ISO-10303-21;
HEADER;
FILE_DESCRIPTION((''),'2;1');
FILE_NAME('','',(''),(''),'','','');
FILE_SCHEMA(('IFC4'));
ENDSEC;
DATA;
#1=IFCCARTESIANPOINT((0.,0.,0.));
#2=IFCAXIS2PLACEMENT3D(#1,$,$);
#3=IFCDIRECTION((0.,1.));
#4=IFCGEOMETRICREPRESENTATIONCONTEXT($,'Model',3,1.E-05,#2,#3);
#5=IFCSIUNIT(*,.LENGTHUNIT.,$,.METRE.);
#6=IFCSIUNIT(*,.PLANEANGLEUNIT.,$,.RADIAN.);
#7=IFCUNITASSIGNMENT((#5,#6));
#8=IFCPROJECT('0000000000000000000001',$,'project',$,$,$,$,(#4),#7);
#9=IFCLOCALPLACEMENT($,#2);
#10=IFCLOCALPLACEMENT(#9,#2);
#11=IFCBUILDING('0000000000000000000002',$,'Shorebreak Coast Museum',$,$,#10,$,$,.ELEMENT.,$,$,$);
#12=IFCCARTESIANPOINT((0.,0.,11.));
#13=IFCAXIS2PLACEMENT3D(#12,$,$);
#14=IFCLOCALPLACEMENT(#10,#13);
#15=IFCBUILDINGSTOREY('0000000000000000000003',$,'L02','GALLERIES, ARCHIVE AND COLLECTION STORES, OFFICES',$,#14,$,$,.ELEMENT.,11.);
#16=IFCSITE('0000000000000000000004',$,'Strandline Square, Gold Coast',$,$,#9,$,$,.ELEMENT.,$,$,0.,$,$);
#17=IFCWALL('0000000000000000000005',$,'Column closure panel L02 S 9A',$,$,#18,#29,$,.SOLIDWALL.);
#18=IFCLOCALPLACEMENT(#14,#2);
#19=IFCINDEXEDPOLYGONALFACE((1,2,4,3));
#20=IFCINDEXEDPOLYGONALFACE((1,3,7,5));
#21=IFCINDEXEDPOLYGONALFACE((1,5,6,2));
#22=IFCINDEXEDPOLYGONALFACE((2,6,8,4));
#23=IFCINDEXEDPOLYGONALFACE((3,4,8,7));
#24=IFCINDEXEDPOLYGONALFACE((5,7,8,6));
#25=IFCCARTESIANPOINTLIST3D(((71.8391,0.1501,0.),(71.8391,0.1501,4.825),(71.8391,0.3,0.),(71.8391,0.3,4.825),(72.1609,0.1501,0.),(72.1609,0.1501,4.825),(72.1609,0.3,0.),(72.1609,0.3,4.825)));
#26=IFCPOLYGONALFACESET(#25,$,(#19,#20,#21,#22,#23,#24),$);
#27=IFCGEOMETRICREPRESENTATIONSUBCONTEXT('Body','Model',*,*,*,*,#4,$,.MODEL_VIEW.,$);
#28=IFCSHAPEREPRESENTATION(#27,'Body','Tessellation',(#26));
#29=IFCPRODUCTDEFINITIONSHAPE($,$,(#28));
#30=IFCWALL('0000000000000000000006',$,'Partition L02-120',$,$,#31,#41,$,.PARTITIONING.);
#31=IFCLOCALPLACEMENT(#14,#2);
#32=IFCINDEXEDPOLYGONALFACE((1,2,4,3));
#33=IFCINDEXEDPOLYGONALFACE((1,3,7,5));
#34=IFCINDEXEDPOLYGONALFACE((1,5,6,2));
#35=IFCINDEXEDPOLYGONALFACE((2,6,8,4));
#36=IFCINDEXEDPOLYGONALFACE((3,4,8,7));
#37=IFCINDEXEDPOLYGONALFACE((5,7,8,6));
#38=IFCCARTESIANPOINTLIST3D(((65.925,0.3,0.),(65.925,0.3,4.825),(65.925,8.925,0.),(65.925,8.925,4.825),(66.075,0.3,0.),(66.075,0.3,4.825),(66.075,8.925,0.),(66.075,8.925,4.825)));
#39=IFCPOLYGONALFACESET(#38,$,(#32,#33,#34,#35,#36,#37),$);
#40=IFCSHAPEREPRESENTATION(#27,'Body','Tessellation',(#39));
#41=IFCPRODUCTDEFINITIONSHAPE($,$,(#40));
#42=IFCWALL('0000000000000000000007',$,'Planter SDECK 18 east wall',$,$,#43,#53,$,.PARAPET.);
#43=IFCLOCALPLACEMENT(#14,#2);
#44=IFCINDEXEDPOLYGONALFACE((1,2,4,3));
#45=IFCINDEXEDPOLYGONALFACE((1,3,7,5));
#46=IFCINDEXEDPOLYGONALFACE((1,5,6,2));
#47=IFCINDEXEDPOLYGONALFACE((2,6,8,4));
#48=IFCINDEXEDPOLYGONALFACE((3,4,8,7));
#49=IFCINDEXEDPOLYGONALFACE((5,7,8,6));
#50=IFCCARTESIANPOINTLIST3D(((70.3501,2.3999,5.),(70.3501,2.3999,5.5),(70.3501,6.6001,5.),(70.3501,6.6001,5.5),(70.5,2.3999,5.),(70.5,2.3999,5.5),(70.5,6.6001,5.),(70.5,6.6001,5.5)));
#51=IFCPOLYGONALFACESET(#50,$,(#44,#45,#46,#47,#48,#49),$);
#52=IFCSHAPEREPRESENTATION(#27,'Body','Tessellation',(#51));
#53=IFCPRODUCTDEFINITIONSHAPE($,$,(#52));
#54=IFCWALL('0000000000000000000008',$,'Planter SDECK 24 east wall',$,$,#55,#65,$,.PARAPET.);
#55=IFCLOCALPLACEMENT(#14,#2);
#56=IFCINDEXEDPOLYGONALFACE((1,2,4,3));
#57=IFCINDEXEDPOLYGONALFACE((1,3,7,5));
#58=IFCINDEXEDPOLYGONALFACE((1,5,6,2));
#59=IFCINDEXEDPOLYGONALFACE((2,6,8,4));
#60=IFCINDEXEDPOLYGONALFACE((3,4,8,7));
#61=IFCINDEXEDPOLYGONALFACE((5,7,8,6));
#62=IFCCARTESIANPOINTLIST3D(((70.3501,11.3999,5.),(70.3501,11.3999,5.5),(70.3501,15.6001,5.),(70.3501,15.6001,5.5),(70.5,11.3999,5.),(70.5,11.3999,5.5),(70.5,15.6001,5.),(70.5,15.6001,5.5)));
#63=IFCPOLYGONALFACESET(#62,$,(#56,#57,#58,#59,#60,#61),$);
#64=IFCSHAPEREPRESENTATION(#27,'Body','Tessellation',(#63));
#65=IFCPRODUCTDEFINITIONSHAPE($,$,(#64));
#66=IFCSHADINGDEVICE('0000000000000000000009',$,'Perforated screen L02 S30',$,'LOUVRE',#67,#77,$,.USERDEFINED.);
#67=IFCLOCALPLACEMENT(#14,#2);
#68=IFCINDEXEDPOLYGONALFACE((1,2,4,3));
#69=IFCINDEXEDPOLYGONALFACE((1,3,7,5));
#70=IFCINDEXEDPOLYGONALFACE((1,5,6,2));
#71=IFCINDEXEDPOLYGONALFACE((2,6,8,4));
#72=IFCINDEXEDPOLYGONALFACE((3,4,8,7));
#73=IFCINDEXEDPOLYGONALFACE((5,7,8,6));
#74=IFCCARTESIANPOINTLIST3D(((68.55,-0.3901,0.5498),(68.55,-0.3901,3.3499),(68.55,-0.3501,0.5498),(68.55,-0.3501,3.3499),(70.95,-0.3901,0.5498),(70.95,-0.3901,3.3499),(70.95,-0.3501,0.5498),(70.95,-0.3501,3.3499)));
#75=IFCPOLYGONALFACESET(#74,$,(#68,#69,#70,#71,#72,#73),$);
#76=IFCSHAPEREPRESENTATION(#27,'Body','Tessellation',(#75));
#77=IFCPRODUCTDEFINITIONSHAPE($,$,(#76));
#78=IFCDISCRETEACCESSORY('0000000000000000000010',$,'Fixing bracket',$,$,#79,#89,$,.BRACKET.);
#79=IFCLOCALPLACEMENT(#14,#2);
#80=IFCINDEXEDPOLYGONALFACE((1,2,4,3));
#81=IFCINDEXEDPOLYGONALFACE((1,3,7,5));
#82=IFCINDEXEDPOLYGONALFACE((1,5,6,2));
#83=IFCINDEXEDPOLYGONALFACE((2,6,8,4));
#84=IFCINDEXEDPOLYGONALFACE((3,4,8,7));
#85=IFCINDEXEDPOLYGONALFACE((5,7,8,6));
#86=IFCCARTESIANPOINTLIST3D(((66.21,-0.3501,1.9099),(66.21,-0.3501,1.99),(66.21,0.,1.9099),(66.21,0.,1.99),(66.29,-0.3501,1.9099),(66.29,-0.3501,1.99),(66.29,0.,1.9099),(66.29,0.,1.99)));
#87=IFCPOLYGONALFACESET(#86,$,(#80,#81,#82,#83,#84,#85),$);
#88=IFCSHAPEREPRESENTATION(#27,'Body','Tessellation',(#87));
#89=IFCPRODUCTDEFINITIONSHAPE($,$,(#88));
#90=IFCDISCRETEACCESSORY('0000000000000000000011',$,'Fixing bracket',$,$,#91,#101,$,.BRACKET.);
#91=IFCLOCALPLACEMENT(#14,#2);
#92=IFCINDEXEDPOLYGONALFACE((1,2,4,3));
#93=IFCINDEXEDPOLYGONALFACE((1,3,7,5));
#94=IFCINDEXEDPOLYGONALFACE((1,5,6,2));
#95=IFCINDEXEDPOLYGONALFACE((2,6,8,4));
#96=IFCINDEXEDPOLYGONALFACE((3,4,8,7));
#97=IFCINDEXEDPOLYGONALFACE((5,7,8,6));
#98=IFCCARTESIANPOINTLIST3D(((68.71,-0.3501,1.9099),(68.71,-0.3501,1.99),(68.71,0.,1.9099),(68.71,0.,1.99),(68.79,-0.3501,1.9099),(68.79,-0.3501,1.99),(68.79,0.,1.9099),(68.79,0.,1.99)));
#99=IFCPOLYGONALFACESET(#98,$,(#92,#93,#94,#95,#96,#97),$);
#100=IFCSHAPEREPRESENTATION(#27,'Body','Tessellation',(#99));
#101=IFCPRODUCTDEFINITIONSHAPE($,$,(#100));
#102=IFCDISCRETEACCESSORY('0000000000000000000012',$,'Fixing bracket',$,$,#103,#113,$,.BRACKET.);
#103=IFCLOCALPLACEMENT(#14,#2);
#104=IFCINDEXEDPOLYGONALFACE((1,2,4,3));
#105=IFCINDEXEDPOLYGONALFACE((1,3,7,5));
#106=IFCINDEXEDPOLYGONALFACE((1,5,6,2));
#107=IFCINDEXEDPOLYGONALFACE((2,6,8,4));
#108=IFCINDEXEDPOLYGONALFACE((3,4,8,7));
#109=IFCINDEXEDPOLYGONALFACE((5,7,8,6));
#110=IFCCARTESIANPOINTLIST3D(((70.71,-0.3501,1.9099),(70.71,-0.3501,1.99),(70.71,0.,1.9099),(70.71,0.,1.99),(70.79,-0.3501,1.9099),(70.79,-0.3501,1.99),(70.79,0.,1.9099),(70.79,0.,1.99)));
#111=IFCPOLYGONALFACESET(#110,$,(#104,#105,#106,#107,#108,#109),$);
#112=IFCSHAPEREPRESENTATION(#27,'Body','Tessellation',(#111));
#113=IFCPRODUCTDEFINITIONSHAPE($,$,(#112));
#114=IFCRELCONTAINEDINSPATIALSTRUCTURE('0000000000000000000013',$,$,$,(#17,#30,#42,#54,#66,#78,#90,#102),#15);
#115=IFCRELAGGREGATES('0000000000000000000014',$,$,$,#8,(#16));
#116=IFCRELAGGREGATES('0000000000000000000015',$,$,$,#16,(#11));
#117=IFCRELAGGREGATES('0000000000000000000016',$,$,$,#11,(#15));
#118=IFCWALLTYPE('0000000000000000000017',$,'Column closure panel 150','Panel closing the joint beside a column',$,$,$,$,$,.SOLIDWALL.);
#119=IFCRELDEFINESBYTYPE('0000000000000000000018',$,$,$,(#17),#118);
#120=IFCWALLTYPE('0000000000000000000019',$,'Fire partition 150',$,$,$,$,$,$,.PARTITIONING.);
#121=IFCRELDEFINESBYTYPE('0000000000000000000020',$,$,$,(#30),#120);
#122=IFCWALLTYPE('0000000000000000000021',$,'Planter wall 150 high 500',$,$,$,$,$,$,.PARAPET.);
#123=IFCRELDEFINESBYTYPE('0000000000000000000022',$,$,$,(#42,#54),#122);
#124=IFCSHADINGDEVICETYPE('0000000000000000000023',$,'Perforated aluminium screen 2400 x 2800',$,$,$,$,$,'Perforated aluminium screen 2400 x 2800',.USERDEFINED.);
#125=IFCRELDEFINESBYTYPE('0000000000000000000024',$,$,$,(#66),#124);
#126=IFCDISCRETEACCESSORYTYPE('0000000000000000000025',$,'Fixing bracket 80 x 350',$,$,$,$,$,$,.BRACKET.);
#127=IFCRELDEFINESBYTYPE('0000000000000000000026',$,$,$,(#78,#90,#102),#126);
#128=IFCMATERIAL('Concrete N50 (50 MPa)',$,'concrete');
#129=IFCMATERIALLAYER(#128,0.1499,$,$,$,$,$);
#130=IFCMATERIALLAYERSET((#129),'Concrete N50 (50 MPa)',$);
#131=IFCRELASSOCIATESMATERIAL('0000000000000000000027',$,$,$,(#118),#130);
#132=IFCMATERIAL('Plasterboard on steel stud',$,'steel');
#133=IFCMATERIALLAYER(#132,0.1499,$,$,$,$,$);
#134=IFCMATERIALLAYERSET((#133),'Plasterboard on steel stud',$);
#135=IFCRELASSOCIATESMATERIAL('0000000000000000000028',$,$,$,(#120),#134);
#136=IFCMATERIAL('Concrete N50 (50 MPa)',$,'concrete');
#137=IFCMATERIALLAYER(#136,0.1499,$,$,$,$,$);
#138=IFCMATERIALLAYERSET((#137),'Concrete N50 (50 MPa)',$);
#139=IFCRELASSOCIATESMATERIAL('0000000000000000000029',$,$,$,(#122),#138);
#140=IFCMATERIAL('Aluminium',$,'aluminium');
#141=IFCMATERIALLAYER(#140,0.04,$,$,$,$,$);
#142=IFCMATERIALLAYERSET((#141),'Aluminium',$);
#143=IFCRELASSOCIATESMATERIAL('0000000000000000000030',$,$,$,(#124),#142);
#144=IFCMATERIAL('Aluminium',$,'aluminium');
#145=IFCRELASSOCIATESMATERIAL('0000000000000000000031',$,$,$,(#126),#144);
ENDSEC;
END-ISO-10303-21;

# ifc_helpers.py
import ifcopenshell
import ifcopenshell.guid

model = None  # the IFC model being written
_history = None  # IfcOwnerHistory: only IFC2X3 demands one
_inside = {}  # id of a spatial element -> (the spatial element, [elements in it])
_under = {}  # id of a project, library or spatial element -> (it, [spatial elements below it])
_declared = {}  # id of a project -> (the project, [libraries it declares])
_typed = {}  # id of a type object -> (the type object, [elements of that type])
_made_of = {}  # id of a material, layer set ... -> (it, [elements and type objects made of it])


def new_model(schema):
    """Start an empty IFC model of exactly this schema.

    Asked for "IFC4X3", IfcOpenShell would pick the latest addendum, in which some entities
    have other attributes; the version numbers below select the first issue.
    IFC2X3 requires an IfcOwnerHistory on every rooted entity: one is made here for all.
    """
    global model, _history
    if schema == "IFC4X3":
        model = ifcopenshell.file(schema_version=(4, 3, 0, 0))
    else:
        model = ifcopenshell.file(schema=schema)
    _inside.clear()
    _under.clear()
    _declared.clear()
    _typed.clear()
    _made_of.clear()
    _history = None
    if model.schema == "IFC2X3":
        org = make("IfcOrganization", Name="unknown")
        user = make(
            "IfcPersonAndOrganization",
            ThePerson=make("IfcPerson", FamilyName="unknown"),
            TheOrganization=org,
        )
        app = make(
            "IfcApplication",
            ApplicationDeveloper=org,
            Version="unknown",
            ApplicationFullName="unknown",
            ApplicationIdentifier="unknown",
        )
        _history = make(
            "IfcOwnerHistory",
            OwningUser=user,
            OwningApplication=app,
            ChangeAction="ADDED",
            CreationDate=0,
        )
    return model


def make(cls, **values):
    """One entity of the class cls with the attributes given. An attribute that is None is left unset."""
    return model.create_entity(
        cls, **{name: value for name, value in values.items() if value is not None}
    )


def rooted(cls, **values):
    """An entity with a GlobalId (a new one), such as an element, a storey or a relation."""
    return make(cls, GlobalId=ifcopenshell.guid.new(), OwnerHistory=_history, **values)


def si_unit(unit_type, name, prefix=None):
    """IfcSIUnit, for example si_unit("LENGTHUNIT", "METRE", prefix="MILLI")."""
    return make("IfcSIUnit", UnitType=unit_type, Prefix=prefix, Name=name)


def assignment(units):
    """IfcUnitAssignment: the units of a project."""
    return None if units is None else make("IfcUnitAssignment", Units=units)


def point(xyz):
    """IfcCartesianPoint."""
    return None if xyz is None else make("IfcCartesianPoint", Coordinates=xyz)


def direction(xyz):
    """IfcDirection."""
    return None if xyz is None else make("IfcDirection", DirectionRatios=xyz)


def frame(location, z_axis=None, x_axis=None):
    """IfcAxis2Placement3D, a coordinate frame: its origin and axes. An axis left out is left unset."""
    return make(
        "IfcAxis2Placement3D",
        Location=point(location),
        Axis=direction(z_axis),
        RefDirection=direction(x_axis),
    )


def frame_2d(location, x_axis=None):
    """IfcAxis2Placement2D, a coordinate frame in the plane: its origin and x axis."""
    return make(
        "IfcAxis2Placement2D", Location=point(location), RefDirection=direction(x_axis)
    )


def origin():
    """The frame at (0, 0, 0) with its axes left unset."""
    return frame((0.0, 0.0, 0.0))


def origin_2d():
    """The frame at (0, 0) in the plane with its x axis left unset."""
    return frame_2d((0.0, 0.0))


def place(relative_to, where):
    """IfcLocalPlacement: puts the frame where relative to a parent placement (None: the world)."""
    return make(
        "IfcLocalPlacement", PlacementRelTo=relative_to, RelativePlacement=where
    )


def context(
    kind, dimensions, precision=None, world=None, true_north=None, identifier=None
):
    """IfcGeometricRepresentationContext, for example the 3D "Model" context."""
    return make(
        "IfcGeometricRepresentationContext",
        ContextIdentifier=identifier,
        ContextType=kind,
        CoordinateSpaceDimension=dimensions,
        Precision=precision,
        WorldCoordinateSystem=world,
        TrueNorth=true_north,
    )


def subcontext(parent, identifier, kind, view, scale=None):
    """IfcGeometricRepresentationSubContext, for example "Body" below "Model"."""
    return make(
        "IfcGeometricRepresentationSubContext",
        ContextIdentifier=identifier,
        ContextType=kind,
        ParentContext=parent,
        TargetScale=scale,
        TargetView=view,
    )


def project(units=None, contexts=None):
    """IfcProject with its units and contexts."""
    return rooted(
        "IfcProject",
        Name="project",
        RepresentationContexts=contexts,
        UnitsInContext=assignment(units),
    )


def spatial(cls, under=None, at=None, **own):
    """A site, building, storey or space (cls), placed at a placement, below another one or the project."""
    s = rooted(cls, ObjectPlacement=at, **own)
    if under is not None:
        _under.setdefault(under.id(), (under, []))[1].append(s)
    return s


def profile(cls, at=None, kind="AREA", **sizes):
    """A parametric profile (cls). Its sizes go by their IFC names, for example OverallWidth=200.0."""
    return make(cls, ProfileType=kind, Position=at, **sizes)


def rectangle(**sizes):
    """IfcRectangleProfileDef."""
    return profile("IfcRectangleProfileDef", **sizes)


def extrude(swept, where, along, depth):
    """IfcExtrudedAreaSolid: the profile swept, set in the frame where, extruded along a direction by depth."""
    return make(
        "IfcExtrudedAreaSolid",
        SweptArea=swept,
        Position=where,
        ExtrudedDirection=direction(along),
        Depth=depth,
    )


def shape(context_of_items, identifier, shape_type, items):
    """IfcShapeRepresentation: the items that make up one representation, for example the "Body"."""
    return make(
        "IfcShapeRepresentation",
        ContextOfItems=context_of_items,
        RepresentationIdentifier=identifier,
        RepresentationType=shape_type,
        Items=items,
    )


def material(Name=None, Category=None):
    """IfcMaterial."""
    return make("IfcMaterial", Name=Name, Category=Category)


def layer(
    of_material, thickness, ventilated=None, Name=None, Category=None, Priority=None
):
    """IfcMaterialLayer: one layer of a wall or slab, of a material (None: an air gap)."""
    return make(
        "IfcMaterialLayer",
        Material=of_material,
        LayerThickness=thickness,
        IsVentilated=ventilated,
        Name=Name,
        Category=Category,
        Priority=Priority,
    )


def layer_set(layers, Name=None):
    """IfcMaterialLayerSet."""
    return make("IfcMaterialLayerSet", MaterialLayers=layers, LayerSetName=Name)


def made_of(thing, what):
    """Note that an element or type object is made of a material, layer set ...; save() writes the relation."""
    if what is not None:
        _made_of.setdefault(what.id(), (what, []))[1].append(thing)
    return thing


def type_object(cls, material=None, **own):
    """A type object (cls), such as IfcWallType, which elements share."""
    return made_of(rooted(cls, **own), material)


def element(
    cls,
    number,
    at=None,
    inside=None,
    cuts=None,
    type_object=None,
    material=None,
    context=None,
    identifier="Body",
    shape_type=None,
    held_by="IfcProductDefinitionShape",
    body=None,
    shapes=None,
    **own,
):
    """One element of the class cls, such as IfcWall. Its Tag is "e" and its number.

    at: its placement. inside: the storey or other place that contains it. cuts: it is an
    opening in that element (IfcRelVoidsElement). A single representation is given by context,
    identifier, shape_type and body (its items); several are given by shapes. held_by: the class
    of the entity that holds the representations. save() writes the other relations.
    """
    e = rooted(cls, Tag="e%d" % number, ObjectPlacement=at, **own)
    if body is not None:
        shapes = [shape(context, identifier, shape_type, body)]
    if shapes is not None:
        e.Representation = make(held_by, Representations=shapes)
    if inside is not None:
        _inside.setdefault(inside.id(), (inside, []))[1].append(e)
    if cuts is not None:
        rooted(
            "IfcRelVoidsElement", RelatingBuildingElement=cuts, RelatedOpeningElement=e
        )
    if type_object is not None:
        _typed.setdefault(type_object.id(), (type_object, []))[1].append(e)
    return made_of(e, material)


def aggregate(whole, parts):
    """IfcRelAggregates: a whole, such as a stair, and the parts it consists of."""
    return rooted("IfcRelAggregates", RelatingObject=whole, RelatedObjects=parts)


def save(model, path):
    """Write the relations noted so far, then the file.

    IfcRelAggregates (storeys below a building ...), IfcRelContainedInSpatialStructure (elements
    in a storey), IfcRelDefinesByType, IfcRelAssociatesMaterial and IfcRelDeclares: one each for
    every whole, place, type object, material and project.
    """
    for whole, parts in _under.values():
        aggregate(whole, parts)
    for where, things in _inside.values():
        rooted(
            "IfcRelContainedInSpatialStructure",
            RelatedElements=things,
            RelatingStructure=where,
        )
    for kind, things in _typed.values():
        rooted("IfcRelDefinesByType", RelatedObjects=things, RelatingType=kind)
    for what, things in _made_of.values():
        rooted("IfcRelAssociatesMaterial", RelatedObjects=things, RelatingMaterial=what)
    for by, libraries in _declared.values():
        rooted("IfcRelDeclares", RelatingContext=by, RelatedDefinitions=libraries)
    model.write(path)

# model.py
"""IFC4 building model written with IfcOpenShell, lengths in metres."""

from ifc_helpers import new_model, si_unit, direction, frame, frame_2d, origin, origin_2d, place, context, subcontext, project, spatial, rectangle, extrude, material, layer, layer_set, type_object, element, save


model = new_model("IFC4")

# Units and contexts
model_context = context("Model", 3, precision=1e-05, world=origin(), true_north=direction((0.0, 1.0)))
body_context = subcontext(model_context, "Body", "Model", "MODEL_VIEW")
ifc_project = project(units=[si_unit("LENGTHUNIT", "METRE"), si_unit("PLANEANGLEUNIT", "RADIAN")], contexts=[model_context])

# Site, building, storey
site_placement = place(None, origin())
site = spatial("IfcSite", under=ifc_project, at=site_placement, Name="Strandline Square, Gold Coast", CompositionType="ELEMENT", RefElevation=0.0)
building_placement = place(site_placement, origin())
building = spatial("IfcBuilding", under=site, at=building_placement, Name="Shorebreak Coast Museum", CompositionType="ELEMENT")
storey_placement = place(building_placement, frame((0.0, 0.0, 11.0)))
storey = spatial("IfcBuildingStorey", under=building, at=storey_placement, Name="L02", Description="GALLERIES, ARCHIVE AND COLLECTION STORES, OFFICES", CompositionType="ELEMENT", Elevation=11.0)

# Walls
ifc_material_1 = material(Name="Concrete N50 (50 MPa)", Category="concrete")
ifc_layer_1 = layer(ifc_material_1, 0.1499)
ifc_layer_set_1 = layer_set([ifc_layer_1], Name="Concrete N50 (50 MPa)")
wall_type_1 = type_object("IfcWallType", Name="Column closure panel 150", Description="Panel closing the joint beside a column", PredefinedType="SOLIDWALL", material=ifc_layer_set_1)
wall_1_placement = place(storey_placement, frame((71.8391, 0.2251, 0.0), z_axis=(0.0, 0.0, 1.0), x_axis=(1.0, 0.0, 0.0)))
element("IfcWall", 1, at=wall_1_placement, inside=storey, type_object=wall_type_1, Name="Column closure panel L02 S 9A", PredefinedType="SOLIDWALL", context=body_context, shape_type="SweptSolid", body=[
    extrude(rectangle(XDim=0.3218, YDim=0.1499, at=frame_2d((0.1609, 0.0))), origin(), (0.0, 0.0, 1.0), 4.825),
])
ifc_material_2 = material(Name="Plasterboard on steel stud", Category="steel")
ifc_layer_2 = layer(ifc_material_2, 0.1499)
ifc_layer_set_2 = layer_set([ifc_layer_2], Name="Plasterboard on steel stud")
wall_type_2 = type_object("IfcWallType", Name="Fire partition 150", PredefinedType="PARTITIONING", material=ifc_layer_set_2)
wall_2_placement = place(storey_placement, frame((66.0, 0.3, 0.0), z_axis=(0.0, 0.0, 1.0), x_axis=(0.0, 1.0, 0.0)))
element("IfcWall", 2, at=wall_2_placement, inside=storey, type_object=wall_type_2, Name="Partition L02-120", PredefinedType="PARTITIONING", context=body_context, shape_type="SweptSolid", body=[
    extrude(rectangle(XDim=8.625, YDim=0.1499, at=frame_2d((4.3125, 0.0))), origin(), (0.0, 0.0, 1.0), 4.825),
])
ifc_material_3 = material(Name="Concrete N50 (50 MPa)", Category="concrete")
ifc_layer_3 = layer(ifc_material_3, 0.1499)
ifc_layer_set_3 = layer_set([ifc_layer_3], Name="Concrete N50 (50 MPa)")
wall_type_3 = type_object("IfcWallType", Name="Planter wall 150 high 500", PredefinedType="PARAPET", material=ifc_layer_set_3)
for number, where, z_axis, x_axis, name in (
    (3, (70.425, 2.3999, 5.0), (0.0, 0.0, 1.0), (0.0, 1.0, 0.0), "Planter SDECK 18 east wall"),
    (4, (70.425, 11.3999, 5.0), (0.0, 0.0, 1.0), (0.0, 1.0, 0.0), "Planter SDECK 24 east wall"),
):
    element("IfcWall", number, at=place(storey_placement, frame(where, z_axis=z_axis, x_axis=x_axis)), inside=storey, type_object=wall_type_3, Name=name, PredefinedType="PARAPET", context=body_context, shape_type="SweptSolid", body=[
        extrude(rectangle(XDim=4.2002, YDim=0.1499, at=frame_2d((2.1001, 0.0))), origin(), (0.0, 0.0, 1.0), 0.5),
    ])

# Shading device
ifc_material_4 = material(Name="Aluminium", Category="aluminium")
ifc_layer_4 = layer(ifc_material_4, 0.04)
ifc_layer_set_4 = layer_set([ifc_layer_4], Name="Aluminium")
shading_device_type = type_object("IfcShadingDeviceType", Name="Perforated aluminium screen 2400 x 2800", ElementType="Perforated aluminium screen 2400 x 2800", PredefinedType="USERDEFINED", material=ifc_layer_set_4)
shading_device_placement = place(storey_placement, frame((69.75, -0.3701, 0.5498), z_axis=(0.0, 0.0, 1.0), x_axis=(1.0, 0.0, 0.0)))
element("IfcShadingDevice", 5, at=shading_device_placement, inside=storey, type_object=shading_device_type, Name="Perforated screen L02 S30", ObjectType="LOUVRE", PredefinedType="USERDEFINED", context=body_context, shape_type="SweptSolid", body=[
    extrude(rectangle(XDim=2.3999, YDim=0.04, at=origin_2d()), origin(), (0.0, 0.0, 1.0), 2.8),
])

# Discrete accessories
ifc_material_5 = material(Name="Aluminium", Category="aluminium")
discrete_accessory_type = type_object("IfcDiscreteAccessoryType", Name="Fixing bracket 80 x 350", PredefinedType="BRACKET", material=ifc_material_5)
for number, where, z_axis, x_axis, name in (
    (6, (66.25, -0.175, 1.9099), (0.0, 0.0, 1.0), (1.0, 0.0, 0.0), "Fixing bracket"),
    (7, (68.75, -0.175, 1.9099), (0.0, 0.0, 1.0), (1.0, 0.0, 0.0), "Fixing bracket"),
    (8, (70.75, -0.175, 1.9099), (0.0, 0.0, 1.0), (1.0, 0.0, 0.0), "Fixing bracket"),
):
    element("IfcDiscreteAccessory", number, at=place(storey_placement, frame(where, z_axis=z_axis, x_axis=x_axis)), inside=storey, type_object=discrete_accessory_type, Name=name, PredefinedType="BRACKET", context=body_context, shape_type="SweptSolid", body=[
        extrude(rectangle(XDim=0.0801, YDim=0.3501, at=origin_2d()), origin(), (0.0, 0.0, 1.0), 0.0801),
    ])

save(model, "model.ifc")
